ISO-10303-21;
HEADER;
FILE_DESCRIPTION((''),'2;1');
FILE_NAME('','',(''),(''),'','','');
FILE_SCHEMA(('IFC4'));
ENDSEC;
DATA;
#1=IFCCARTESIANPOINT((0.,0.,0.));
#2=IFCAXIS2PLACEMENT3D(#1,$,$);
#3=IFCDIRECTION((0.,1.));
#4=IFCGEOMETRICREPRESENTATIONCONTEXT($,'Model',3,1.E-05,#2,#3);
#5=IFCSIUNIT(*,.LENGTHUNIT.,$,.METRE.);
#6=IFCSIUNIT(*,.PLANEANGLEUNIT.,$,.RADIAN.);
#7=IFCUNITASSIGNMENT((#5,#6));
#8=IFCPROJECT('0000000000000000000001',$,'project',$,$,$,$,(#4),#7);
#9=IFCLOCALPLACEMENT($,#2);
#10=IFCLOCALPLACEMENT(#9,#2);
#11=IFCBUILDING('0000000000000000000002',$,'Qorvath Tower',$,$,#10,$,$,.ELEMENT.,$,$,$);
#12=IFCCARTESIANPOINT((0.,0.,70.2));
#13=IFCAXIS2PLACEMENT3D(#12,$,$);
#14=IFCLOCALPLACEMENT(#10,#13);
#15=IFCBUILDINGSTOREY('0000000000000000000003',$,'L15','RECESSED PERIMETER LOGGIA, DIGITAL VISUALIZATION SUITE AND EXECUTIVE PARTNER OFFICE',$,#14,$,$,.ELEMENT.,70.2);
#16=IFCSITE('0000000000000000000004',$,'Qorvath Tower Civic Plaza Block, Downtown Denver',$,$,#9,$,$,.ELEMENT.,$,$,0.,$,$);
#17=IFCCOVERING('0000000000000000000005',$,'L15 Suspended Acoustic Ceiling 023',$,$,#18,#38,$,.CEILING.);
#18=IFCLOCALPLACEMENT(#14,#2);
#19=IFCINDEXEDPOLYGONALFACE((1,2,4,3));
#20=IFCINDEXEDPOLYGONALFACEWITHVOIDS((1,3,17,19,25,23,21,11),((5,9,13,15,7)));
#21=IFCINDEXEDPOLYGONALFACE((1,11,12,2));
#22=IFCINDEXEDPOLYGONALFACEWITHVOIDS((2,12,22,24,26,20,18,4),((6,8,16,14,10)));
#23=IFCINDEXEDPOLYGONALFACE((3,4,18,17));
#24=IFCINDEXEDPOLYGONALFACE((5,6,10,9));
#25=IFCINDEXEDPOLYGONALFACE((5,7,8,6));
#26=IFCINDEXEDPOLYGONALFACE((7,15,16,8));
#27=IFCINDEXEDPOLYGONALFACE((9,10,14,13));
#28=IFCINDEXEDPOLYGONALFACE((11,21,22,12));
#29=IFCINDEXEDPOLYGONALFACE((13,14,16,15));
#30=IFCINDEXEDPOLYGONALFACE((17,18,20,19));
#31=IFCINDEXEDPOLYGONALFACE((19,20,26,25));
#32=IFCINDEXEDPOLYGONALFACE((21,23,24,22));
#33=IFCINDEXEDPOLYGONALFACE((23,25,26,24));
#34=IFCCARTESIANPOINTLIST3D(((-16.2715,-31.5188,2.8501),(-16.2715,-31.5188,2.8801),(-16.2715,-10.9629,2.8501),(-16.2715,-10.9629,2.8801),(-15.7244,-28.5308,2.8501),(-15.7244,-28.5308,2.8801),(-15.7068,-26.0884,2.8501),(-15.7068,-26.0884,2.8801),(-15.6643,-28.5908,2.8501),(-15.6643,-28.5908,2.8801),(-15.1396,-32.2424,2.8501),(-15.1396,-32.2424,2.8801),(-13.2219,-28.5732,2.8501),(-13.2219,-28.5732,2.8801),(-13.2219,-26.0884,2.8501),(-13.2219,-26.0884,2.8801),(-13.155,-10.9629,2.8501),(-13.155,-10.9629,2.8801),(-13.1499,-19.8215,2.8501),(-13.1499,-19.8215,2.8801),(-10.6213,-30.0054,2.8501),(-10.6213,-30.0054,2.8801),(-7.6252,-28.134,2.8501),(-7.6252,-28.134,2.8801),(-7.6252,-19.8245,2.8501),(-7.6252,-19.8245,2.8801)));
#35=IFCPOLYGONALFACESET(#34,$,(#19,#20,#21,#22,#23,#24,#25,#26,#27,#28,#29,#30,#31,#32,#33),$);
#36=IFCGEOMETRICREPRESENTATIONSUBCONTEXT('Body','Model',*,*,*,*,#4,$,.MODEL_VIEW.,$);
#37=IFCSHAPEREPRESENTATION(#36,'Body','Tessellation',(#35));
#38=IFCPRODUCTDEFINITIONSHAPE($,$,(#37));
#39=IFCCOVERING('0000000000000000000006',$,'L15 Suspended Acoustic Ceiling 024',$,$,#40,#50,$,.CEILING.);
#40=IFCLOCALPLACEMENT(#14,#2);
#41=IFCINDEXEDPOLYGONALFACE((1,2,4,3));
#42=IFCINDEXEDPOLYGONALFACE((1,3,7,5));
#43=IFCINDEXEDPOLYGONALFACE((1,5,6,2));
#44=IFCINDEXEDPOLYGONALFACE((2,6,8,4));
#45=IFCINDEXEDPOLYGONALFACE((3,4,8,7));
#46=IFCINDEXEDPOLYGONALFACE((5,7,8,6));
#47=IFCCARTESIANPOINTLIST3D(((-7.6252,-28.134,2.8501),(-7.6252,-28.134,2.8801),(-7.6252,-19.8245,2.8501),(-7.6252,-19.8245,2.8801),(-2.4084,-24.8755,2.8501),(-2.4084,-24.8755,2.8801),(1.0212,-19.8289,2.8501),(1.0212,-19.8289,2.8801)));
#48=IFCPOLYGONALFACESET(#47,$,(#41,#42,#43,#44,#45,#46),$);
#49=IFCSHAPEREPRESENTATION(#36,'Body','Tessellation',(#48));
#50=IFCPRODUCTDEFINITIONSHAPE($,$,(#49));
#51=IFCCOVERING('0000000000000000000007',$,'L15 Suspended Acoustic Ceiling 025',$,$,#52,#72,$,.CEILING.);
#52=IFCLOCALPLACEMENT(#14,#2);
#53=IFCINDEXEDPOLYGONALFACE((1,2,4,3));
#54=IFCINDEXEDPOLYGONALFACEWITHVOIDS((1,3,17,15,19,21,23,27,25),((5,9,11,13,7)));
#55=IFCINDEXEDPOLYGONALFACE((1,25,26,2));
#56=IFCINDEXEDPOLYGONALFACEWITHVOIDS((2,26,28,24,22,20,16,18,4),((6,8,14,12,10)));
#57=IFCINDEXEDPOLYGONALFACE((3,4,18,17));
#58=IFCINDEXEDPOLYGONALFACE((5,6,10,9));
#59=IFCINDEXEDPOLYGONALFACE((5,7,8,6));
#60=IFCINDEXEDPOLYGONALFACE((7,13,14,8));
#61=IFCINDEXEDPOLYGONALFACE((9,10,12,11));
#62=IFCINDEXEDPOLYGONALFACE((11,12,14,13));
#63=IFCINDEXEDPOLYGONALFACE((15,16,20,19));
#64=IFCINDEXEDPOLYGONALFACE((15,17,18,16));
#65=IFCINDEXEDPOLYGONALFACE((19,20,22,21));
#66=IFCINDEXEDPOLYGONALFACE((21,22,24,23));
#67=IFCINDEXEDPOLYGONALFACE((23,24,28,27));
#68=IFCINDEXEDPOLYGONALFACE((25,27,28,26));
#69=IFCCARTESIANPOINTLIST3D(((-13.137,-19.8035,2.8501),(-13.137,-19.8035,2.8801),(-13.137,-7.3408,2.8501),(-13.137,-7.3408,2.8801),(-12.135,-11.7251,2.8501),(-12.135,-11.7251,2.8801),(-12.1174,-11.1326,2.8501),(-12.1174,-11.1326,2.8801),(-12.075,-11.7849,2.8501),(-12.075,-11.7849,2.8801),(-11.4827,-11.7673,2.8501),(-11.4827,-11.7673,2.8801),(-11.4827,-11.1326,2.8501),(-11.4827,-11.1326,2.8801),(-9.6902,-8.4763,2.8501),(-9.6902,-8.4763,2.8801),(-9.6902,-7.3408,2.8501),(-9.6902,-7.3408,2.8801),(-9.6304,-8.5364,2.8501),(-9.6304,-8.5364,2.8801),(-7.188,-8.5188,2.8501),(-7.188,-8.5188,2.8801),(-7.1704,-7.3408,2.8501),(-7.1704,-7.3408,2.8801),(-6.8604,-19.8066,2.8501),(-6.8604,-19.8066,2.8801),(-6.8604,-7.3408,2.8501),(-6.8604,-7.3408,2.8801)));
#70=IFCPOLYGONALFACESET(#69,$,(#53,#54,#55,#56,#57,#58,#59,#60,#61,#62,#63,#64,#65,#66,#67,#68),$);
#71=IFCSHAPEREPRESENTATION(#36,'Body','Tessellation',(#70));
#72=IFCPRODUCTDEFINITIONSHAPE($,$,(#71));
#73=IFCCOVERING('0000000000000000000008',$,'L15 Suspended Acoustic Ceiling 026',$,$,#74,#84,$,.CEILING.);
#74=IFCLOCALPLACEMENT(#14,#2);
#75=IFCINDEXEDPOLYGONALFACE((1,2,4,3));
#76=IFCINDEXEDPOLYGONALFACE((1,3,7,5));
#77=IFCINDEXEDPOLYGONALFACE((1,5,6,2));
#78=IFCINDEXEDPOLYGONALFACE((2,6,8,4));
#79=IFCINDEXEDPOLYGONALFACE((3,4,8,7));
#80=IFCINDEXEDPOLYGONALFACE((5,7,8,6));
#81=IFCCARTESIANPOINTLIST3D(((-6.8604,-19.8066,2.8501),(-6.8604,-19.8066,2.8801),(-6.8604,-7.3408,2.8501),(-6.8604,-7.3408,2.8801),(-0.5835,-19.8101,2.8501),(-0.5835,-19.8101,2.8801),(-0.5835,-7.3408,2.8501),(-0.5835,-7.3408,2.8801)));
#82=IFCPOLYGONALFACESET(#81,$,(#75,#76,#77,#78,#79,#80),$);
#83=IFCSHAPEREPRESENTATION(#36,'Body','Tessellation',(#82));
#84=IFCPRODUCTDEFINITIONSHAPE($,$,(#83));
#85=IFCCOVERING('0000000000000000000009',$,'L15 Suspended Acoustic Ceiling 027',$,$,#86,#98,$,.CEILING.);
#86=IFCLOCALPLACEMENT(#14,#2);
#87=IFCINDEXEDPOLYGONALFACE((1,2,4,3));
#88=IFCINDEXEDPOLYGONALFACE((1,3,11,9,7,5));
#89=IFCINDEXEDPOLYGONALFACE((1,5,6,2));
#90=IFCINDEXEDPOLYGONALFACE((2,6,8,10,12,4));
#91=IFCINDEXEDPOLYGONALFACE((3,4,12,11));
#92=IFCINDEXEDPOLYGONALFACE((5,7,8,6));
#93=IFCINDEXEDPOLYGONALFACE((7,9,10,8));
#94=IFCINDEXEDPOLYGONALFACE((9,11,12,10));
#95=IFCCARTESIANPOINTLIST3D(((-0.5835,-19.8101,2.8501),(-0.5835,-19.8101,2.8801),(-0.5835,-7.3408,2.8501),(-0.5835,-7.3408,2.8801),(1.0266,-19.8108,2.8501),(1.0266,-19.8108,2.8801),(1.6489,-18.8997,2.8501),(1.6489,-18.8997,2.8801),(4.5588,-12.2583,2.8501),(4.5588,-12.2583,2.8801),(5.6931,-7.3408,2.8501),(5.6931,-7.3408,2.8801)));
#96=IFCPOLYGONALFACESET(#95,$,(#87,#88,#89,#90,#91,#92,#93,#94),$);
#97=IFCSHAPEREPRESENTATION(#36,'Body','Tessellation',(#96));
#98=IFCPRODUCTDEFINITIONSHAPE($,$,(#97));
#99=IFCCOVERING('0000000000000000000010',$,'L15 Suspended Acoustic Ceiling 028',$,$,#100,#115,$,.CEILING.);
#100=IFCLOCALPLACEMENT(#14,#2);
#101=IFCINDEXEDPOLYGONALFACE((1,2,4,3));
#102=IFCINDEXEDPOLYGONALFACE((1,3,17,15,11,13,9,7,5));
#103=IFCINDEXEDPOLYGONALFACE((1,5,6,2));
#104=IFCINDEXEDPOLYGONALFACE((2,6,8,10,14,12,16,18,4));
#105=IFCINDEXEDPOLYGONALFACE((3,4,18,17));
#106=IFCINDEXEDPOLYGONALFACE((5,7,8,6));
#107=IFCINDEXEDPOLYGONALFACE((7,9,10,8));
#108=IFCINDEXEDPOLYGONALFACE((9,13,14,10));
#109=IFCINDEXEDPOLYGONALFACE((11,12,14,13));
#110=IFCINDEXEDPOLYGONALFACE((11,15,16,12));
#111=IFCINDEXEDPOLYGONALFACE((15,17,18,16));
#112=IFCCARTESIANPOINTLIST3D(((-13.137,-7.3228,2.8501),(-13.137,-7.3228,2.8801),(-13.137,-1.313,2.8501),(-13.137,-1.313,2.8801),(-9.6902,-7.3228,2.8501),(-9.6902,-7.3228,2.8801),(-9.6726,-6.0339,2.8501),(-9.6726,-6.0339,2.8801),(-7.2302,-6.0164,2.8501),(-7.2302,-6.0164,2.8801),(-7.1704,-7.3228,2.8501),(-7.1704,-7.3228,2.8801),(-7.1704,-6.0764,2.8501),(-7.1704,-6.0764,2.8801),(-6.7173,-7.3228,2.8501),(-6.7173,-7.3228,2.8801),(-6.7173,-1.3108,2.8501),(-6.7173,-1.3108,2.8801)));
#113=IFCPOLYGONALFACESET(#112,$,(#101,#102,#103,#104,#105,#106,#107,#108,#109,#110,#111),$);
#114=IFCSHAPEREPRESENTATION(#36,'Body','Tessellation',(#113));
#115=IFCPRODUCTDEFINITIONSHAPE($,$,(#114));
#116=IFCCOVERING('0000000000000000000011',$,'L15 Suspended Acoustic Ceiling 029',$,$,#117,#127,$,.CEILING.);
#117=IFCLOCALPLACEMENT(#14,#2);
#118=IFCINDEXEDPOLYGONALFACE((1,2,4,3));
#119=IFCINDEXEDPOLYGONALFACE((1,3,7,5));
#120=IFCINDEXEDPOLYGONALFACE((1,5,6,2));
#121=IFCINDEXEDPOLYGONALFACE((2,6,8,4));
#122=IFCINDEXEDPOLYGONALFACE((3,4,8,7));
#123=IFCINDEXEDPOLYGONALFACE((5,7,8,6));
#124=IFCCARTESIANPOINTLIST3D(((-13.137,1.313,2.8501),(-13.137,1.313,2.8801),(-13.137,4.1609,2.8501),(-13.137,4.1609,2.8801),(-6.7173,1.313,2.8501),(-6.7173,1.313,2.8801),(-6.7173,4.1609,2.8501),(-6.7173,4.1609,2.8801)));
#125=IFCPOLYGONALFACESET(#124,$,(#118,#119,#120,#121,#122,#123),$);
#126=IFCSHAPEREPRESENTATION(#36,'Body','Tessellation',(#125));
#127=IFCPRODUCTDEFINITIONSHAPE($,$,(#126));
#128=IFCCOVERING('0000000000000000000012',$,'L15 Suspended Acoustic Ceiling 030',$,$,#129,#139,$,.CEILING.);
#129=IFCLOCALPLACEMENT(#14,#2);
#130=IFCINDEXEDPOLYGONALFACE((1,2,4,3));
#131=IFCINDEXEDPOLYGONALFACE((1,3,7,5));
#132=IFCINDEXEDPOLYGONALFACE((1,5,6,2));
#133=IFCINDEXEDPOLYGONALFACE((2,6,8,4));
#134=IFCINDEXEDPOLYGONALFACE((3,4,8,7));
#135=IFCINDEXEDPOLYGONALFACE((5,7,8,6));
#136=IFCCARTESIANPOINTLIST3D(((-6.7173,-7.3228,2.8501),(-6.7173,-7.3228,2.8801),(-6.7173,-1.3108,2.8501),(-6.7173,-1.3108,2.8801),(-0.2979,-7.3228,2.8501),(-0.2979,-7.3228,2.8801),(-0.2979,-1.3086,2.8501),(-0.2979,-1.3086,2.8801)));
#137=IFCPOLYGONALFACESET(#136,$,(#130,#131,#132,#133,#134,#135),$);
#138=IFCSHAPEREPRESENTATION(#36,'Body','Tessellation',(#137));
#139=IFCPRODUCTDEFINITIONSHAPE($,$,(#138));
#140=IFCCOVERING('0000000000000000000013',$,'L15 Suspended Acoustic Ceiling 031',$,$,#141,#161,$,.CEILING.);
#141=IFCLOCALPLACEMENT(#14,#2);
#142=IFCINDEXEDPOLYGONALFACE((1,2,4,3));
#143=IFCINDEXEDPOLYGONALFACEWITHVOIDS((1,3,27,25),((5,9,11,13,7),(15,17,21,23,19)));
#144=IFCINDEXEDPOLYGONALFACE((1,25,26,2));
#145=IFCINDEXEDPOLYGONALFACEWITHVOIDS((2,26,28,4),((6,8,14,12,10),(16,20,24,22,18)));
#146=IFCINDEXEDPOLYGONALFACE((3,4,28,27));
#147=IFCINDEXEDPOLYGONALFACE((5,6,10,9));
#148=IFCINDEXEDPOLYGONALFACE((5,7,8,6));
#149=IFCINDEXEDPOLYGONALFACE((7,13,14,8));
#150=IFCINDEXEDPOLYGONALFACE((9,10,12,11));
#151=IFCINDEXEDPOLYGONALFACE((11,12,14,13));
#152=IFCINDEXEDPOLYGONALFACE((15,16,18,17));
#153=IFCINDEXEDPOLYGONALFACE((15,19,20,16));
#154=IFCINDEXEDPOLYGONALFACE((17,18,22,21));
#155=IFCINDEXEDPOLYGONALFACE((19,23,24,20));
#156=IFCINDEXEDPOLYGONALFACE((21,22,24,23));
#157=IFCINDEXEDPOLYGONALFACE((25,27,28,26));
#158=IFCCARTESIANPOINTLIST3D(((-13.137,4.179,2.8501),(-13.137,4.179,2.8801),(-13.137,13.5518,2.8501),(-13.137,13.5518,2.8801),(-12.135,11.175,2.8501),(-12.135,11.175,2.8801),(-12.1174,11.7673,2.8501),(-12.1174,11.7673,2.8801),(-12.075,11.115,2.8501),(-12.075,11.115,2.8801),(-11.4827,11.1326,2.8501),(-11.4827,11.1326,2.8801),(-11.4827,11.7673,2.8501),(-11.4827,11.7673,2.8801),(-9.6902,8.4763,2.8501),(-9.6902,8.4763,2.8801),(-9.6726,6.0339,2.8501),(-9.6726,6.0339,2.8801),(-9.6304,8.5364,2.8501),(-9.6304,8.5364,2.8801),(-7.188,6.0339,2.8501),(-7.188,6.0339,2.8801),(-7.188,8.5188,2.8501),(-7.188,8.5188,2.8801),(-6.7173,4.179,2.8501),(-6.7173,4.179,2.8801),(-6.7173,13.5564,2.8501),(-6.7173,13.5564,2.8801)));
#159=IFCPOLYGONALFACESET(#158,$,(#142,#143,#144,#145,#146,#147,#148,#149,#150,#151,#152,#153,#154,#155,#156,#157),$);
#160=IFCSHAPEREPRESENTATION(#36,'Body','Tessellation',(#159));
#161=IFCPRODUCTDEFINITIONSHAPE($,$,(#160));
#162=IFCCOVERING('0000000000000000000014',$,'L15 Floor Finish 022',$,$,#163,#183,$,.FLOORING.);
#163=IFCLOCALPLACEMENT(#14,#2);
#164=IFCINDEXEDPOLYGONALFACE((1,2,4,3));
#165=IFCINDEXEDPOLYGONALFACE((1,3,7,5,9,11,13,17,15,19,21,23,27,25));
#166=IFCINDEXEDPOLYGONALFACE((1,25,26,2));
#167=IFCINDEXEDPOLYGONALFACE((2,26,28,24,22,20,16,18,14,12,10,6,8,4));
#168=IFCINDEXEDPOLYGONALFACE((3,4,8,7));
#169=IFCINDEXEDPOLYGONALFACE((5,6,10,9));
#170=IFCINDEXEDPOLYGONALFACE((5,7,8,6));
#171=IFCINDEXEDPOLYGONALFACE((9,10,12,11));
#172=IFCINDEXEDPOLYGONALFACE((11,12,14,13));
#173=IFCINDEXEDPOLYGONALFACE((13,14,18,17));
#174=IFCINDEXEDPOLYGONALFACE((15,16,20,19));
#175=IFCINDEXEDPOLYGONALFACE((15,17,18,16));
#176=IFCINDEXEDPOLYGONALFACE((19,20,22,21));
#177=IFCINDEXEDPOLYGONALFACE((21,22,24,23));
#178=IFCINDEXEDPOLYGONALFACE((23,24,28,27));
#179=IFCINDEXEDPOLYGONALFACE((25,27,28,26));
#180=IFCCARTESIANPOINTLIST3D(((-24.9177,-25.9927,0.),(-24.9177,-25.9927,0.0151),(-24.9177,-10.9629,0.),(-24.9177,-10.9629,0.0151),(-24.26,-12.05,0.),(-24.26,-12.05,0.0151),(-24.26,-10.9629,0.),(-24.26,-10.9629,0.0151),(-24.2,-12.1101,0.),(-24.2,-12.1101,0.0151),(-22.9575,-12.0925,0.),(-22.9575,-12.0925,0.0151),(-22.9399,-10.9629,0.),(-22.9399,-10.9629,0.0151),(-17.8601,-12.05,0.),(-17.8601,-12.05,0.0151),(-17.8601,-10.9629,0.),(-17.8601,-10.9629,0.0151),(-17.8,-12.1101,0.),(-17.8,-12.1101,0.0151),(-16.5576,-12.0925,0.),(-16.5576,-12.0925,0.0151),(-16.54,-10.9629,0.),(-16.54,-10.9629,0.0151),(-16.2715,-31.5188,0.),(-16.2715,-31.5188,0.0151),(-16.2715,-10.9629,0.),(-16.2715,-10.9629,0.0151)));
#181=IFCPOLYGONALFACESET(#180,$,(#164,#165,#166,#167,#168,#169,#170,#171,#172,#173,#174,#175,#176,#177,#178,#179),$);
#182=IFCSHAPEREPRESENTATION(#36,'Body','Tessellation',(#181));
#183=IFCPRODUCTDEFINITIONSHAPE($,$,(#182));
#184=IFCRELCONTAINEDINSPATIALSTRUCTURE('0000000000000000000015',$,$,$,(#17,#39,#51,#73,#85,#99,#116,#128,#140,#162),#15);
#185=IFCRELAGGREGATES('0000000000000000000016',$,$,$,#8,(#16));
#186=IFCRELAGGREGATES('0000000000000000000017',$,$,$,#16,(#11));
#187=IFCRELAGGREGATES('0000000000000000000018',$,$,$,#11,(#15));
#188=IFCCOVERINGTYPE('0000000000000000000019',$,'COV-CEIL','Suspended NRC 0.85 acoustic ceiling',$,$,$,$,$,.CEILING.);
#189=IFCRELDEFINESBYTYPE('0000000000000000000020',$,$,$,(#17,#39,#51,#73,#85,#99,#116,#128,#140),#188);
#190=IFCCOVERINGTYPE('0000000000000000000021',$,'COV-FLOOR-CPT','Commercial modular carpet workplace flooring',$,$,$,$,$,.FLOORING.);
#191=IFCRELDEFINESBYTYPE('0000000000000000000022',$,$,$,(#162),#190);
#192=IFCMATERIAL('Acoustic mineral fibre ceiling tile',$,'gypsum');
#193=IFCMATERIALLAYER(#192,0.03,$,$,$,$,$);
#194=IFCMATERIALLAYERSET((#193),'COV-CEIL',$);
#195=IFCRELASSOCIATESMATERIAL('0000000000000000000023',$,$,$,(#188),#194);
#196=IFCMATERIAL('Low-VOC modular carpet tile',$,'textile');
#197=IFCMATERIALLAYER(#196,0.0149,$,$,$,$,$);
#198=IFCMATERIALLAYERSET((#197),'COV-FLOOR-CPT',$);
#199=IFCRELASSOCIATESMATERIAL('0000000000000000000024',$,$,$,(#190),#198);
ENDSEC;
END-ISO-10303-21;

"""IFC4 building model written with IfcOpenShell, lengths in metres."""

from ifc_helpers import new_model, si_unit, direction, frame, origin, place, context, subcontext, project, spatial, polyline, outline, extrude, material, layer, layer_set, type_object, element, save


model = new_model("IFC4")

# Units and contexts
model_context = context("Model", 3, precision=1e-05, world=origin(), true_north=direction((0.0, 1.0)))
body_context = subcontext(model_context, "Body", "Model", "MODEL_VIEW")
ifc_project = project(units=[si_unit("LENGTHUNIT", "METRE"), si_unit("PLANEANGLEUNIT", "RADIAN")], contexts=[model_context])

# Site, building, storey
site_placement = place(None, origin())
site = spatial("IfcSite", under=ifc_project, at=site_placement, Name="Qorvath Tower Civic Plaza Block, Downtown Denver", CompositionType="ELEMENT", RefElevation=0.0)
building_placement = place(site_placement, origin())
building = spatial("IfcBuilding", under=site, at=building_placement, Name="Qorvath Tower", CompositionType="ELEMENT")
storey_placement = place(building_placement, frame((0.0, 0.0, 70.2)))
storey = spatial("IfcBuildingStorey", under=building, at=storey_placement, Name="L15", Description="RECESSED PERIMETER LOGGIA, DIGITAL VISUALIZATION SUITE AND EXECUTIVE PARTNER OFFICE", CompositionType="ELEMENT", Elevation=70.2)

# Coverings
ifc_material_1 = material(Name="Acoustic mineral fibre ceiling tile", Category="gypsum")
ifc_layer_1 = layer(ifc_material_1, 0.03)
ifc_layer_set_1 = layer_set([ifc_layer_1], Name="COV-CEIL")
covering_type_1 = type_object("IfcCoveringType", Name="COV-CEIL", Description="Suspended NRC 0.85 acoustic ceiling", PredefinedType="CEILING", material=ifc_layer_set_1)
covering_1_placement = place(storey_placement, frame((0.0, 0.0, 2.8501)))
element("IfcCovering", 1, at=covering_1_placement, inside=storey, type_object=covering_type_1, Name="L15 Suspended Acoustic Ceiling 023", PredefinedType="CEILING", context=body_context, shape_type="SweptSolid", body=[
    extrude(outline(polyline([(-16.2715, -10.9629), (-16.2715, -31.5188), (-15.1396, -32.2424), (-10.6213, -30.0054), (-7.6252, -28.134), (-7.6252, -19.8245), (-13.1499, -19.8215), (-13.155, -10.9629), (-16.2715, -10.9629)]), holes=[polyline([(-15.7244, -28.5308), (-15.7068, -26.0884), (-13.2219, -26.0884), (-13.2219, -28.5732), (-15.6643, -28.5908), (-15.7244, -28.5308)])]), origin(), (0.0, 0.0, 1.0), 0.03),
])
covering_2_placement = place(storey_placement, frame((0.0, 0.0, 2.8501)))
element("IfcCovering", 2, at=covering_2_placement, inside=storey, type_object=covering_type_1, Name="L15 Suspended Acoustic Ceiling 024", PredefinedType="CEILING", context=body_context, shape_type="SweptSolid", body=[
    extrude(outline(polyline([(-7.6252, -19.8245), (-7.6252, -28.134), (-2.4084, -24.8755), (1.0212, -19.8289), (-7.6252, -19.8245)])), origin(), (0.0, 0.0, 1.0), 0.03),
])
covering_3_placement = place(storey_placement, frame((0.0, 0.0, 2.8501)))
element("IfcCovering", 3, at=covering_3_placement, inside=storey, type_object=covering_type_1, Name="L15 Suspended Acoustic Ceiling 025", PredefinedType="CEILING", context=body_context, shape_type="SweptSolid", body=[
    extrude(outline(polyline([(-13.137, -19.8035), (-6.8604, -19.8066), (-6.8604, -7.3408), (-7.1704, -7.3408), (-7.188, -8.5188), (-9.6304, -8.5364), (-9.6902, -8.4763), (-9.6902, -7.3408), (-13.137, -7.3408), (-13.137, -19.8035)]), holes=[polyline([(-12.135, -11.7251), (-12.1174, -11.1326), (-11.4827, -11.1326), (-11.4827, -11.7673), (-12.075, -11.7849), (-12.135, -11.7251)])]), origin(), (0.0, 0.0, 1.0), 0.03),
])
covering_4_placement = place(storey_placement, frame((0.0, 0.0, 2.8501)))
element("IfcCovering", 4, at=covering_4_placement, inside=storey, type_object=covering_type_1, Name="L15 Suspended Acoustic Ceiling 026", PredefinedType="CEILING", context=body_context, shape_type="SweptSolid", body=[
    extrude(outline(polyline([(-6.8604, -7.3408), (-6.8604, -19.8066), (-0.5835, -19.8101), (-0.5835, -7.3408), (-6.8604, -7.3408)])), origin(), (0.0, 0.0, 1.0), 0.03),
])
covering_5_placement = place(storey_placement, frame((0.0, 0.0, 2.8501)))
element("IfcCovering", 5, at=covering_5_placement, inside=storey, type_object=covering_type_1, Name="L15 Suspended Acoustic Ceiling 027", PredefinedType="CEILING", context=body_context, shape_type="SweptSolid", body=[
    extrude(outline(polyline([(-0.5835, -7.3408), (-0.5835, -19.8101), (1.0266, -19.8108), (1.6489, -18.8997), (4.5588, -12.2583), (5.6931, -7.3408), (-0.5835, -7.3408)])), origin(), (0.0, 0.0, 1.0), 0.03),
])
covering_6_placement = place(storey_placement, frame((0.0, 0.0, 2.8501)))
element("IfcCovering", 6, at=covering_6_placement, inside=storey, type_object=covering_type_1, Name="L15 Suspended Acoustic Ceiling 028", PredefinedType="CEILING", context=body_context, shape_type="SweptSolid", body=[
    extrude(outline(polyline([(-6.7173, -7.3228), (-6.7173, -1.3108), (-13.137, -1.313), (-13.137, -7.3228), (-9.6902, -7.3228), (-9.6726, -6.0339), (-7.2302, -6.0164), (-7.1704, -6.0764), (-7.1704, -7.3228), (-6.7173, -7.3228)])), origin(), (0.0, 0.0, 1.0), 0.03),
])
covering_7_placement = place(storey_placement, frame((0.0, 0.0, 2.8501)))
element("IfcCovering", 7, at=covering_7_placement, inside=storey, type_object=covering_type_1, Name="L15 Suspended Acoustic Ceiling 029", PredefinedType="CEILING", context=body_context, shape_type="SweptSolid", body=[
    extrude(outline(polyline([(-6.7173, 1.313), (-6.7173, 4.1609), (-13.137, 4.1609), (-13.137, 1.313), (-6.7173, 1.313)])), origin(), (0.0, 0.0, 1.0), 0.03),
])
covering_8_placement = place(storey_placement, frame((0.0, 0.0, 2.8501)))
element("IfcCovering", 8, at=covering_8_placement, inside=storey, type_object=covering_type_1, Name="L15 Suspended Acoustic Ceiling 030", PredefinedType="CEILING", context=body_context, shape_type="SweptSolid", body=[
    extrude(outline(polyline([(-0.2979, -7.3228), (-0.2979, -1.3086), (-6.7173, -1.3108), (-6.7173, -7.3228), (-0.2979, -7.3228)])), origin(), (0.0, 0.0, 1.0), 0.03),
])
covering_9_placement = place(storey_placement, frame((0.0, 0.0, 2.8501)))
element("IfcCovering", 9, at=covering_9_placement, inside=storey, type_object=covering_type_1, Name="L15 Suspended Acoustic Ceiling 031", PredefinedType="CEILING", context=body_context, shape_type="SweptSolid", body=[
    extrude(outline(polyline([(-6.7173, 4.179), (-6.7173, 13.5564), (-13.137, 13.5518), (-13.137, 4.179), (-6.7173, 4.179)]), holes=[polyline([(-9.6902, 8.4763), (-9.6304, 8.5364), (-7.188, 8.5188), (-7.188, 6.0339), (-9.6726, 6.0339), (-9.6902, 8.4763)]), polyline([(-12.135, 11.175), (-12.1174, 11.7673), (-11.4827, 11.7673), (-11.4827, 11.1326), (-12.075, 11.115), (-12.135, 11.175)])]), origin(), (0.0, 0.0, 1.0), 0.03),
])
ifc_material_2 = material(Name="Low-VOC modular carpet tile", Category="textile")
ifc_layer_2 = layer(ifc_material_2, 0.0149)
ifc_layer_set_2 = layer_set([ifc_layer_2], Name="COV-FLOOR-CPT")
covering_type_2 = type_object("IfcCoveringType", Name="COV-FLOOR-CPT", Description="Commercial modular carpet workplace flooring", PredefinedType="FLOORING", material=ifc_layer_set_2)
covering_10_placement = place(storey_placement, origin())
element("IfcCovering", 10, at=covering_10_placement, inside=storey, type_object=covering_type_2, Name="L15 Floor Finish 022", PredefinedType="FLOORING", context=body_context, shape_type="SweptSolid", body=[
    extrude(outline(polyline([(-24.9177, -25.9927), (-16.2715, -31.5188), (-16.2715, -10.9629), (-16.54, -10.9629), (-16.5576, -12.0925), (-17.8, -12.1101), (-17.8601, -12.05), (-17.8601, -10.9629), (-22.9399, -10.9629), (-22.9575, -12.0925), (-24.2, -12.1101), (-24.26, -12.05), (-24.26, -10.9629), (-24.9177, -10.9629), (-24.9177, -25.9927)])), origin(), (0.0, 0.0, 1.0), 0.0151),
])

save(model, "model.ifc")
